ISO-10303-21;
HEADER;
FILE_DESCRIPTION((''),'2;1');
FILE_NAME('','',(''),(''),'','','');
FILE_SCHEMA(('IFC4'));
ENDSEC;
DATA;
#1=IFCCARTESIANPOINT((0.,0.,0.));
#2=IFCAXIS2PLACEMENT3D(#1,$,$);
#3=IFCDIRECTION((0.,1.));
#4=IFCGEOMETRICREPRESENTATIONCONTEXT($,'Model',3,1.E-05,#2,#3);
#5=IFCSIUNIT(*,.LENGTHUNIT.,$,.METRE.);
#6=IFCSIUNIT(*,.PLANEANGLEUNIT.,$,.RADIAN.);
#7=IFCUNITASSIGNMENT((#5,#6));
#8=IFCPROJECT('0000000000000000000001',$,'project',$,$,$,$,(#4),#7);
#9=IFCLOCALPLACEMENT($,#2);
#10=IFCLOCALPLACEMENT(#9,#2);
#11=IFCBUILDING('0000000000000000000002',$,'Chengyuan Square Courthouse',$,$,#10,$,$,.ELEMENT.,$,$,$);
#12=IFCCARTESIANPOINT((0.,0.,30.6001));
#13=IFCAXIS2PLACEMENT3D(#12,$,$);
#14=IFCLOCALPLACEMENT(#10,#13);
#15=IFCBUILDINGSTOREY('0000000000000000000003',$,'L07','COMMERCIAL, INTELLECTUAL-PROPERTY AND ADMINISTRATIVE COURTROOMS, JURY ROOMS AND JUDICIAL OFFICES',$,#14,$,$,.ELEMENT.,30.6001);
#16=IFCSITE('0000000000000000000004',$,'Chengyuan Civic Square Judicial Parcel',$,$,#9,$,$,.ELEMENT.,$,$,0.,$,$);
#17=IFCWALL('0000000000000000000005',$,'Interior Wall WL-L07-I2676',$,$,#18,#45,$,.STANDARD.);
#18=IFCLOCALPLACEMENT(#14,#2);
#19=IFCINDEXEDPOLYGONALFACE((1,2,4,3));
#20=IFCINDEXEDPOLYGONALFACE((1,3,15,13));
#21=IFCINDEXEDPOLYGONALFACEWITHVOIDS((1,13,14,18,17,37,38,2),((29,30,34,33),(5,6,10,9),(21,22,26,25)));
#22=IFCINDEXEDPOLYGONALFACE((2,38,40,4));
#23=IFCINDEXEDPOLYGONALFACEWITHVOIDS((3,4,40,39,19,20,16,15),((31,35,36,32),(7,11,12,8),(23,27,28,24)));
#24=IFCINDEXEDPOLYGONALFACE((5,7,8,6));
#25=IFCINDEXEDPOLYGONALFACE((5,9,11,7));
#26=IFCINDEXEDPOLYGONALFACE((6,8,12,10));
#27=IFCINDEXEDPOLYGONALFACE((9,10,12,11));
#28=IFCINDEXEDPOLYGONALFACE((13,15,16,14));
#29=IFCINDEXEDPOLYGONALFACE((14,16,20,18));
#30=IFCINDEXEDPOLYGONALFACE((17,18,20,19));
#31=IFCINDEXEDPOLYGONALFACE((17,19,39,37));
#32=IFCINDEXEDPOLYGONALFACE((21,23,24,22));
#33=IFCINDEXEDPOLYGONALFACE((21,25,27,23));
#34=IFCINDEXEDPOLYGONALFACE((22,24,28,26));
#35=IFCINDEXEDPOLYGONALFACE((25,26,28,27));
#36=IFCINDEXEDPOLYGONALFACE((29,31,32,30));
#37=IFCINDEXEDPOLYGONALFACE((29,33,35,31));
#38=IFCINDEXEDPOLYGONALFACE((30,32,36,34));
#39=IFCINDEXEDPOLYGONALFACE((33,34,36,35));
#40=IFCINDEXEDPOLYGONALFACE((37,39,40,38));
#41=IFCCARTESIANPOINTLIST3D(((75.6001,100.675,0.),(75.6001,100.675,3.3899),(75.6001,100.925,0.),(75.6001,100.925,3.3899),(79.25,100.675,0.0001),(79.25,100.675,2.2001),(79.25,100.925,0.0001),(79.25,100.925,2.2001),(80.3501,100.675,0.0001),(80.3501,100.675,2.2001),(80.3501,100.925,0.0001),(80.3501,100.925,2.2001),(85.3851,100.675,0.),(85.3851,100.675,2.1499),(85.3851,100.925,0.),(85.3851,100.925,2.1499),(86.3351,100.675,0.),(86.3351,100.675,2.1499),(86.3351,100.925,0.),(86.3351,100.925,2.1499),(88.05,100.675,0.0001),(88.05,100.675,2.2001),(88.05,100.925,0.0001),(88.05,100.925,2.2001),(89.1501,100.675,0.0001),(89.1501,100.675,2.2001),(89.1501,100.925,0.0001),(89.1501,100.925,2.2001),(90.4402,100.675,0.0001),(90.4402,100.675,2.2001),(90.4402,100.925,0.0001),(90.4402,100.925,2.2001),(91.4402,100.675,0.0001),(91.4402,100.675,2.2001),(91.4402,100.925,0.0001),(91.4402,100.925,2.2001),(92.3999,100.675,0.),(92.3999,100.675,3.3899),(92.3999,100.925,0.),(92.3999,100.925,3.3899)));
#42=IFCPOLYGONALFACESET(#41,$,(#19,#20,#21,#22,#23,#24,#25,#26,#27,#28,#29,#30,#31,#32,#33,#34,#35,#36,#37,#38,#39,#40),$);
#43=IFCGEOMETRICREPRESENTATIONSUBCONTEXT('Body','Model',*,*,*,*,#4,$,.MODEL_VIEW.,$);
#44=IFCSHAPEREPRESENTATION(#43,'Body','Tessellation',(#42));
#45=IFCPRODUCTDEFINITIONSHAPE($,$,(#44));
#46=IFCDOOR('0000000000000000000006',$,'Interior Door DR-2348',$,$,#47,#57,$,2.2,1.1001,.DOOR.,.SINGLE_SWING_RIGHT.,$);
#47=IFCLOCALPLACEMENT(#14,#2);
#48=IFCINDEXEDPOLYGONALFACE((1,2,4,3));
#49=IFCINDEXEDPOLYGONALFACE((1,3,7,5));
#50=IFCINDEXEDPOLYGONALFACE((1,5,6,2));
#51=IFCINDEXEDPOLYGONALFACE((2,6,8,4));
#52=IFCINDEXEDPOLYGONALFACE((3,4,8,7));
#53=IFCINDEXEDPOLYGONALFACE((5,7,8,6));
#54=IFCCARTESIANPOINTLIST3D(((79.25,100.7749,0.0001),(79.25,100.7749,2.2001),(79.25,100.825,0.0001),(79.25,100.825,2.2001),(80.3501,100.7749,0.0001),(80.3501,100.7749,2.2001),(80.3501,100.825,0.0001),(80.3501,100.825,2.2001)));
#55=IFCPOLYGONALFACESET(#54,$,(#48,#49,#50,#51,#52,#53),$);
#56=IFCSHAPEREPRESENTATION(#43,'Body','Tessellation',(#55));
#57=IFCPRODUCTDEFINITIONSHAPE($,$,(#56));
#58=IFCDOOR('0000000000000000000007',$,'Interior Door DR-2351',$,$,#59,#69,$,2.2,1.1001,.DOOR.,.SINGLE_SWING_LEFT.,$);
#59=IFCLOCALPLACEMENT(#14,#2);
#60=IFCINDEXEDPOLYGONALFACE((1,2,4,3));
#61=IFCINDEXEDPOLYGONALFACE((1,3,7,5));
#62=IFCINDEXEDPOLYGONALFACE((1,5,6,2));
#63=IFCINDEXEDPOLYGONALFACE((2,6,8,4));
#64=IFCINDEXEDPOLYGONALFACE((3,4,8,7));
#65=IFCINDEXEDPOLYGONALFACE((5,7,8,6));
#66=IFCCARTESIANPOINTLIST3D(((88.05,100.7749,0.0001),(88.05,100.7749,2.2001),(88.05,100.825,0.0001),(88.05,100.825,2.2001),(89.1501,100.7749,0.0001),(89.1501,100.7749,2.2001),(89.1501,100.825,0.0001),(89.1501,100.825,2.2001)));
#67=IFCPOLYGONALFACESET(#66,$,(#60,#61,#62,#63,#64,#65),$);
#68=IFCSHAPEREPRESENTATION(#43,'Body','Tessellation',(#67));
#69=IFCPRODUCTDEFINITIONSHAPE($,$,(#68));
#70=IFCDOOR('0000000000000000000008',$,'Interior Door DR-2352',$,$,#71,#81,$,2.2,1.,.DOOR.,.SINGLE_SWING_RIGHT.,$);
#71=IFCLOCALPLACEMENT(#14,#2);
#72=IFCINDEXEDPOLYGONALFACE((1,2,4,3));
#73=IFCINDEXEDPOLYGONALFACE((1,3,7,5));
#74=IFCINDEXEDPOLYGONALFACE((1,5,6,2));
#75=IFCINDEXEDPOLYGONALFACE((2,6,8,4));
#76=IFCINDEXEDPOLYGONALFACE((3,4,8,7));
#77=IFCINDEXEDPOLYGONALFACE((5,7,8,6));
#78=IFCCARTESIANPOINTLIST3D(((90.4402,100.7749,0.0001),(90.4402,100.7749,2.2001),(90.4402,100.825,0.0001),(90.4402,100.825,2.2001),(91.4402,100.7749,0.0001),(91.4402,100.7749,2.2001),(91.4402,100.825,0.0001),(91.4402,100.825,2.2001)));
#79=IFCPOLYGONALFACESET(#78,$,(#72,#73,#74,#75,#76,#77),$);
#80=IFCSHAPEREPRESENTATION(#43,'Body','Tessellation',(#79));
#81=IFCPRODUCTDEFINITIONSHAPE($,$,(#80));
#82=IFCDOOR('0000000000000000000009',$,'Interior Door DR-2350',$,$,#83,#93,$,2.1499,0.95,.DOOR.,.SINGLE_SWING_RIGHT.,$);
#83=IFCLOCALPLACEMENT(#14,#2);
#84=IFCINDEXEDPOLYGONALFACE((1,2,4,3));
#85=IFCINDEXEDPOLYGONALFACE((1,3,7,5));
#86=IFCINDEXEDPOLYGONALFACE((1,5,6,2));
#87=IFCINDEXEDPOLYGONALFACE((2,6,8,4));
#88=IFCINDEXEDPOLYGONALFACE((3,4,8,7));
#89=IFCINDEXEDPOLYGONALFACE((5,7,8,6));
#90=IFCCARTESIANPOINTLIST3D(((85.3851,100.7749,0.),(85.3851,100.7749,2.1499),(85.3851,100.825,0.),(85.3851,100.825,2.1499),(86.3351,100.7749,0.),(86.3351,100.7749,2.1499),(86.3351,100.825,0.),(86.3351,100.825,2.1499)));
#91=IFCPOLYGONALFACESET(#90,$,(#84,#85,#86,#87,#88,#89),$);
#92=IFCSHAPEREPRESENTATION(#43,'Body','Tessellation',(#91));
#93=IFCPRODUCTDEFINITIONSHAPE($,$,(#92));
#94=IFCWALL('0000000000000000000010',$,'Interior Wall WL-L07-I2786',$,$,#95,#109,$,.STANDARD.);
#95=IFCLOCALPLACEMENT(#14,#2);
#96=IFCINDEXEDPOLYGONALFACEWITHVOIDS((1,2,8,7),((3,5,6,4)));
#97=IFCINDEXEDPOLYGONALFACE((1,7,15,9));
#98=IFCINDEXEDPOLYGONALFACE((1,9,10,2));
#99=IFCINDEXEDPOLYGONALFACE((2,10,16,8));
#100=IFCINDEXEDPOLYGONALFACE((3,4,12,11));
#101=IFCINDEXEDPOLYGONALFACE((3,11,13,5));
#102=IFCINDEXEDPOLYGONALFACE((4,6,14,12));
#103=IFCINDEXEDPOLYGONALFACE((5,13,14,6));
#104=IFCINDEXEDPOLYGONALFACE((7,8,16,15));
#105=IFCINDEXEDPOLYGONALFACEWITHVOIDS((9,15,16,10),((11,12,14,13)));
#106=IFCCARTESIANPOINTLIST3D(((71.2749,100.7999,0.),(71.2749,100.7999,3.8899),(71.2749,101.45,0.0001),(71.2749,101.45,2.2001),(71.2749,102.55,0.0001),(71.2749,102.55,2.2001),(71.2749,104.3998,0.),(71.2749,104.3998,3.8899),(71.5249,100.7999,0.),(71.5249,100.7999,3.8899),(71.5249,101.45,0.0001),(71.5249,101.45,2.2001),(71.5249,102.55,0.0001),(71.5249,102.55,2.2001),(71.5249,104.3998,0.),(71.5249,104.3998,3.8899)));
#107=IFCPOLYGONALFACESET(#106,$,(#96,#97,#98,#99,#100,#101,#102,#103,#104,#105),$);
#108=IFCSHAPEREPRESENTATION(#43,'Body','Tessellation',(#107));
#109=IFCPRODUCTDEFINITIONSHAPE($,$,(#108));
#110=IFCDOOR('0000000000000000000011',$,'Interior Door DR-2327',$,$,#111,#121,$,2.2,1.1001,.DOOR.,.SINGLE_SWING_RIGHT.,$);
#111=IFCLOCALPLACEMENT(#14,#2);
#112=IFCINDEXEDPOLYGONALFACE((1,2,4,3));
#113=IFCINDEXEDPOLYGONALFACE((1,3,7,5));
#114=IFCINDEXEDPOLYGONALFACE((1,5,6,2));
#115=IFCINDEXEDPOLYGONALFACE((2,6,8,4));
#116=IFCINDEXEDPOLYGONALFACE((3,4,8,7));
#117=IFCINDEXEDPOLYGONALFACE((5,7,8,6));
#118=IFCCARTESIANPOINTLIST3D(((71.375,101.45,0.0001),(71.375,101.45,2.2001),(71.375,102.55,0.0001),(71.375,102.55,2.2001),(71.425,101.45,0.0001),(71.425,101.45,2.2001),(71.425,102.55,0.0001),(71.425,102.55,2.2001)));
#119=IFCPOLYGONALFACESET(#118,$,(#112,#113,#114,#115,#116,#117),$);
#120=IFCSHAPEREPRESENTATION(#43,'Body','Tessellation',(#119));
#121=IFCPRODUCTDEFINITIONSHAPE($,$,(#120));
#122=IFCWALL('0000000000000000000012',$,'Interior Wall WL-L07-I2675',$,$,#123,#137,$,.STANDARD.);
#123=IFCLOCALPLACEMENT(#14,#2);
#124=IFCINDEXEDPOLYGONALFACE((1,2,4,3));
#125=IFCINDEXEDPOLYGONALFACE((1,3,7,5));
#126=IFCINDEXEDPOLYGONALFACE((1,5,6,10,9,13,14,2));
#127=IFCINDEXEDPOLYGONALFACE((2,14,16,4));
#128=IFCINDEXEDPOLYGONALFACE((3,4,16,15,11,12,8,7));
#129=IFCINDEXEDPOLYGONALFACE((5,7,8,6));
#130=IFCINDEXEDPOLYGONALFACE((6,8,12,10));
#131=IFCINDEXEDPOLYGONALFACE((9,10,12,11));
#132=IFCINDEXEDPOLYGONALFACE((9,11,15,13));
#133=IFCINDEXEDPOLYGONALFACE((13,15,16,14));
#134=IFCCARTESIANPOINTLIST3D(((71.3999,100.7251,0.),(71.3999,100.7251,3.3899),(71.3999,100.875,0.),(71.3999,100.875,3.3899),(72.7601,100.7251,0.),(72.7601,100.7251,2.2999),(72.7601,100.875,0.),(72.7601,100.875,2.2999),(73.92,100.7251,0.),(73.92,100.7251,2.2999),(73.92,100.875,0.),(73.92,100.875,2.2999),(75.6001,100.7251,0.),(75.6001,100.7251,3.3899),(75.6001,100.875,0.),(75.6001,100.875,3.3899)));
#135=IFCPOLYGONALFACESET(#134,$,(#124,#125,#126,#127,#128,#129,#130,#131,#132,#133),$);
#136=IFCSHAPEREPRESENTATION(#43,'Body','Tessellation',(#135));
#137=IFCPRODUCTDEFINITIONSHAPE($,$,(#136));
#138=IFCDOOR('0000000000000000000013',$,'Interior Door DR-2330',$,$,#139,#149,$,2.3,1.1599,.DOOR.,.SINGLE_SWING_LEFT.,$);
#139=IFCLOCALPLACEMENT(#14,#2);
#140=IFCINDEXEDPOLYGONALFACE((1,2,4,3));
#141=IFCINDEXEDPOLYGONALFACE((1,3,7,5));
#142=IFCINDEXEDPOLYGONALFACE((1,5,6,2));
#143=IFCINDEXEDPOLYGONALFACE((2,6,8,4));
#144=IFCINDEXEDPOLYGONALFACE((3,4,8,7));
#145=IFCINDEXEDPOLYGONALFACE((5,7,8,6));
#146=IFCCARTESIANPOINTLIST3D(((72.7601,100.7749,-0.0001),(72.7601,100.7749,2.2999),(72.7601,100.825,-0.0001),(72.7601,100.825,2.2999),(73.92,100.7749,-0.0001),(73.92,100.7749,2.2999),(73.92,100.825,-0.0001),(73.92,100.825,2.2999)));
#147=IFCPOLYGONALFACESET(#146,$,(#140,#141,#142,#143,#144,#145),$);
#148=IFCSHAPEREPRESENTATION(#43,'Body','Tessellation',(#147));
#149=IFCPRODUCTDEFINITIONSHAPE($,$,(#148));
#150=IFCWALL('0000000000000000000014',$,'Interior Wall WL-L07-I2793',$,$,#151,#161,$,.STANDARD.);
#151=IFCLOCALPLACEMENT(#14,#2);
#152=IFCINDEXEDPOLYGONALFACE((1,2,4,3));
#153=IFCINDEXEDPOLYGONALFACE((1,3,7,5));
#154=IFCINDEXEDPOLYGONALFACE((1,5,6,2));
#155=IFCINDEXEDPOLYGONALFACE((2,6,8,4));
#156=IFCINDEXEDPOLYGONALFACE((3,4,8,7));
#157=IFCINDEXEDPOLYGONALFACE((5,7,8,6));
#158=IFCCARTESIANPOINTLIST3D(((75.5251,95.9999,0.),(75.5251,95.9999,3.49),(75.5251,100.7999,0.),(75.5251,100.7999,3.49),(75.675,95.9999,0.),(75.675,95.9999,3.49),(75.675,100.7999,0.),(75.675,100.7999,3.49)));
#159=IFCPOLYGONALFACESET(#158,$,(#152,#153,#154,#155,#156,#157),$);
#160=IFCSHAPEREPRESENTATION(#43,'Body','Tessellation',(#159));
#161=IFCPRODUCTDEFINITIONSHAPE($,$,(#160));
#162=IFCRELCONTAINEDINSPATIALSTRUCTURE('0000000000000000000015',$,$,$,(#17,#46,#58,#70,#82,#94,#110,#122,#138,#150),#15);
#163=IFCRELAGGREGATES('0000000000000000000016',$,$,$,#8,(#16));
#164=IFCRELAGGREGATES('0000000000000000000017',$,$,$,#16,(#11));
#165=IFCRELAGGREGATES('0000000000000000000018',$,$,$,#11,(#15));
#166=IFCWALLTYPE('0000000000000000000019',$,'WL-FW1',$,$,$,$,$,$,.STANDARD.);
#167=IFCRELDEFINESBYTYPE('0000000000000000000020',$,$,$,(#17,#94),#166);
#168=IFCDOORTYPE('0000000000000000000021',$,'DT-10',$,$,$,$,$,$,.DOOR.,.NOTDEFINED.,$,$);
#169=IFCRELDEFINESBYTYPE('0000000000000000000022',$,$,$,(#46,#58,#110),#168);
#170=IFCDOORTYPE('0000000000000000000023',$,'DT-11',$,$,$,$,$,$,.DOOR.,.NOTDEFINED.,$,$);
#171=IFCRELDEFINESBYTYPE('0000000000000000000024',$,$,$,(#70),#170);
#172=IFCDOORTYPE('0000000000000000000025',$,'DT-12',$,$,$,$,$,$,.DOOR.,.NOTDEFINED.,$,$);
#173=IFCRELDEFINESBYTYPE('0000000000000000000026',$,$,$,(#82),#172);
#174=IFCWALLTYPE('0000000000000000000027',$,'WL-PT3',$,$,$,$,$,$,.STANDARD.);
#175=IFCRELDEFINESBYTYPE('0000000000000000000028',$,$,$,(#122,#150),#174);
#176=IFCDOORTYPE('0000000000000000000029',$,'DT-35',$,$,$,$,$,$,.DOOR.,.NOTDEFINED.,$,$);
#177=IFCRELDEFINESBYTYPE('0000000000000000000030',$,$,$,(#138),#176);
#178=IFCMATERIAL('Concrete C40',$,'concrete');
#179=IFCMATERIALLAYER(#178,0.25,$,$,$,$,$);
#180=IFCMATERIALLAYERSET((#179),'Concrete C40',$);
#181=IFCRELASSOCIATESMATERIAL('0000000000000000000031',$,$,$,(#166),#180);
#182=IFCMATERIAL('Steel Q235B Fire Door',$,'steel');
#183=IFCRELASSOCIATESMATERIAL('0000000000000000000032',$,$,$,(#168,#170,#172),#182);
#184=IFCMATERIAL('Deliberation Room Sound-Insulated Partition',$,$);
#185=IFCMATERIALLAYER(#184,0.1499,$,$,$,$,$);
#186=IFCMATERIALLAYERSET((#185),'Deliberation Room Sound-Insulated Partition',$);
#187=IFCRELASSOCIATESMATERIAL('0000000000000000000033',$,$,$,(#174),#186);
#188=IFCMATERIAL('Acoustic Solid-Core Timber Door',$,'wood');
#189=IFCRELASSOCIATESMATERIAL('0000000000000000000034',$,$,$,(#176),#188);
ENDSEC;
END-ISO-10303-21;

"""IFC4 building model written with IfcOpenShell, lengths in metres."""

from ifc_helpers import new_model, si_unit, direction, frame, frame_2d, origin, place, context, subcontext, project, spatial, rectangle, extrude, material, layer, layer_set, type_object, element, fill, save


model = new_model("IFC4")

# Units and contexts
model_context = context("Model", 3, precision=1e-05, world=origin(), true_north=direction((0.0, 1.0)))
body_context = subcontext(model_context, "Body", "Model", "MODEL_VIEW")
ifc_project = project(units=[si_unit("LENGTHUNIT", "METRE"), si_unit("PLANEANGLEUNIT", "RADIAN")], contexts=[model_context])

# Site, building, storey
site_placement = place(None, origin())
site = spatial("IfcSite", under=ifc_project, at=site_placement, Name="Chengyuan Civic Square Judicial Parcel", CompositionType="ELEMENT", RefElevation=0.0)
building_placement = place(site_placement, origin())
building = spatial("IfcBuilding", under=site, at=building_placement, Name="Chengyuan Square Courthouse", CompositionType="ELEMENT")
storey_placement = place(building_placement, frame((0.0, 0.0, 30.6001)))
storey = spatial("IfcBuildingStorey", under=building, at=storey_placement, Name="L07", Description="COMMERCIAL, INTELLECTUAL-PROPERTY AND ADMINISTRATIVE COURTROOMS, JURY ROOMS AND JUDICIAL OFFICES", CompositionType="ELEMENT", Elevation=30.6001)

# Shared definitions
ifc_material_1 = material(Name="Concrete C40", Category="concrete")

# Wall, openings, doors
ifc_layer_1 = layer(ifc_material_1, 0.25)
ifc_layer_set_1 = layer_set([ifc_layer_1], Name="Concrete C40")
wall_type_1 = type_object("IfcWallType", Name="WL-FW1", PredefinedType="STANDARD", material=ifc_layer_set_1)
wall_1_placement = place(storey_placement, frame((75.6001, 100.8, 0.0), z_axis=(0.0, 0.0, 1.0), x_axis=(1.0, 0.0, 0.0)))
wall_1 = element("IfcWall", 1, at=wall_1_placement, inside=storey, type_object=wall_type_1, Name="Interior Wall WL-L07-I2676", PredefinedType="STANDARD", context=body_context, shape_type="SweptSolid", body=[
    extrude(rectangle(XDim=16.7998, YDim=0.25, at=frame_2d((8.3999, 0.0))), origin(), (0.0, 0.0, 1.0), 3.3899),
])
opening_1_placement = place(wall_1_placement, frame((3.6499, 0.0, 0.0)))
opening_1 = element("IfcOpeningElement", 2, at=opening_1_placement, cuts=wall_1, PredefinedType="OPENING", context=body_context, shape_type="SweptSolid", body=[
    extrude(rectangle(XDim=1.1001, YDim=2.2, at=frame_2d((0.55, 1.1001))), frame((0.0, 0.137, 0.0), z_axis=(0.0, -1.0, 0.0), x_axis=(1.0, 0.0, 0.0)), (0.0, 0.0, 1.0), 0.2739),
])
opening_2_placement = place(wall_1_placement, frame((9.7849, 0.0, 0.0)))
opening_2 = element("IfcOpeningElement", 3, at=opening_2_placement, cuts=wall_1, PredefinedType="OPENING", context=body_context, shape_type="SweptSolid", body=[
    extrude(rectangle(XDim=0.95, YDim=2.1499, at=frame_2d((0.4751, 1.075))), frame((0.0, 0.137, 0.0), z_axis=(0.0, -1.0, 0.0), x_axis=(1.0, 0.0, 0.0)), (0.0, 0.0, 1.0), 0.2739),
])
opening_3_placement = place(wall_1_placement, frame((12.45, 0.0, 0.0)))
opening_3 = element("IfcOpeningElement", 4, at=opening_3_placement, cuts=wall_1, PredefinedType="OPENING", context=body_context, shape_type="SweptSolid", body=[
    extrude(rectangle(XDim=1.1001, YDim=2.2, at=frame_2d((0.55, 1.1001))), frame((0.0, 0.137, 0.0), z_axis=(0.0, -1.0, 0.0), x_axis=(1.0, 0.0, 0.0)), (0.0, 0.0, 1.0), 0.2739),
])
opening_4_placement = place(wall_1_placement, frame((14.8401, 0.0, 0.0)))
opening_4 = element("IfcOpeningElement", 5, at=opening_4_placement, cuts=wall_1, PredefinedType="OPENING", context=body_context, shape_type="SweptSolid", body=[
    extrude(rectangle(XDim=1.0, YDim=2.2, at=frame_2d((0.5, 1.1001))), frame((0.0, 0.137, 0.0), z_axis=(0.0, -1.0, 0.0), x_axis=(1.0, 0.0, 0.0)), (0.0, 0.0, 1.0), 0.2739),
])
ifc_material_2 = material(Name="Steel Q235B Fire Door", Category="steel")
door_type_1 = type_object("IfcDoorType", Name="DT-10", OperationType="NOTDEFINED", PredefinedType="DOOR", material=ifc_material_2)
door_1_placement = place(opening_1_placement, origin())
door_1 = element("IfcDoor", 6, at=door_1_placement, inside=storey, type_object=door_type_1, Name="Interior Door DR-2348", OperationType="SINGLE_SWING_RIGHT", OverallHeight=2.2, OverallWidth=1.1001, PredefinedType="DOOR", context=body_context, shape_type="SweptSolid", body=[
    extrude(rectangle(XDim=1.1001, YDim=2.2, at=frame_2d((0.55, 1.1001))), frame((0.0, 0.0249, 0.0), z_axis=(0.0, -1.0, 0.0), x_axis=(1.0, 0.0, 0.0)), (0.0, 0.0, 1.0), 0.05),
])
fill(opening_1, door_1)
door_2_placement = place(opening_3_placement, origin())
door_2 = element("IfcDoor", 7, at=door_2_placement, inside=storey, type_object=door_type_1, Name="Interior Door DR-2351", OperationType="SINGLE_SWING_LEFT", OverallHeight=2.2, OverallWidth=1.1001, PredefinedType="DOOR", context=body_context, shape_type="SweptSolid", body=[
    extrude(rectangle(XDim=1.1001, YDim=2.2, at=frame_2d((0.55, 1.1001))), frame((0.0, 0.0249, 0.0), z_axis=(0.0, -1.0, 0.0), x_axis=(1.0, 0.0, 0.0)), (0.0, 0.0, 1.0), 0.05),
])
fill(opening_3, door_2)
door_type_2 = type_object("IfcDoorType", Name="DT-11", OperationType="NOTDEFINED", PredefinedType="DOOR", material=ifc_material_2)
door_3_placement = place(opening_4_placement, origin())
door_3 = element("IfcDoor", 8, at=door_3_placement, inside=storey, type_object=door_type_2, Name="Interior Door DR-2352", OperationType="SINGLE_SWING_RIGHT", OverallHeight=2.2, OverallWidth=1.0, PredefinedType="DOOR", context=body_context, shape_type="SweptSolid", body=[
    extrude(rectangle(XDim=1.0, YDim=2.2, at=frame_2d((0.5, 1.1001))), frame((0.0, 0.0249, 0.0), z_axis=(0.0, -1.0, 0.0), x_axis=(1.0, 0.0, 0.0)), (0.0, 0.0, 1.0), 0.05),
])
fill(opening_4, door_3)
door_type_3 = type_object("IfcDoorType", Name="DT-12", OperationType="NOTDEFINED", PredefinedType="DOOR", material=ifc_material_2)
door_4_placement = place(opening_2_placement, origin())
door_4 = element("IfcDoor", 9, at=door_4_placement, inside=storey, type_object=door_type_3, Name="Interior Door DR-2350", OperationType="SINGLE_SWING_RIGHT", OverallHeight=2.1499, OverallWidth=0.95, PredefinedType="DOOR", context=body_context, shape_type="SweptSolid", body=[
    extrude(rectangle(XDim=0.95, YDim=2.1499, at=frame_2d((0.4751, 1.075))), frame((0.0, 0.0249, 0.0), z_axis=(0.0, -1.0, 0.0), x_axis=(1.0, 0.0, 0.0)), (0.0, 0.0, 1.0), 0.05),
])
fill(opening_2, door_4)

# Walls, openings, doors
wall_2_placement = place(storey_placement, frame((71.3999, 100.8, 0.0), z_axis=(0.0, 0.0, 1.0), x_axis=(0.0, 1.0, 0.0)))
wall_2 = element("IfcWall", 10, at=wall_2_placement, inside=storey, type_object=wall_type_1, Name="Interior Wall WL-L07-I2786", PredefinedType="STANDARD", context=body_context, shape_type="SweptSolid", body=[
    extrude(rectangle(XDim=3.5999, YDim=0.25, at=frame_2d((1.7998, 0.0))), origin(), (0.0, 0.0, 1.0), 3.8899),
])
opening_5_placement = place(wall_2_placement, frame((0.6499, 0.0, 0.0)))
opening_5 = element("IfcOpeningElement", 11, at=opening_5_placement, cuts=wall_2, PredefinedType="OPENING", context=body_context, shape_type="SweptSolid", body=[
    extrude(rectangle(XDim=1.1001, YDim=2.2, at=frame_2d((0.55, 1.1001))), frame((0.0, 0.137, 0.0), z_axis=(0.0, -1.0, 0.0), x_axis=(1.0, 0.0, 0.0)), (0.0, 0.0, 1.0), 0.2739),
])
door_5_placement = place(opening_5_placement, origin())
door_5 = element("IfcDoor", 12, at=door_5_placement, inside=storey, type_object=door_type_1, Name="Interior Door DR-2327", OperationType="SINGLE_SWING_RIGHT", OverallHeight=2.2, OverallWidth=1.1001, PredefinedType="DOOR", context=body_context, shape_type="SweptSolid", body=[
    extrude(rectangle(XDim=1.1001, YDim=2.2, at=frame_2d((0.55, 1.1001))), frame((0.0, 0.0249, 0.0), z_axis=(0.0, -1.0, 0.0), x_axis=(1.0, 0.0, 0.0)), (0.0, 0.0, 1.0), 0.05),
])
fill(opening_5, door_5)
ifc_material_3 = material(Name="Deliberation Room Sound-Insulated Partition")
ifc_layer_2 = layer(ifc_material_3, 0.1499)
ifc_layer_set_2 = layer_set([ifc_layer_2], Name="Deliberation Room Sound-Insulated Partition")
wall_type_2 = type_object("IfcWallType", Name="WL-PT3", PredefinedType="STANDARD", material=ifc_layer_set_2)
wall_3_placement = place(storey_placement, frame((71.3999, 100.8, 0.0), z_axis=(0.0, 0.0, 1.0), x_axis=(1.0, 0.0, 0.0)))
wall_3 = element("IfcWall", 13, at=wall_3_placement, inside=storey, type_object=wall_type_2, Name="Interior Wall WL-L07-I2675", PredefinedType="STANDARD", context=body_context, shape_type="SweptSolid", body=[
    extrude(rectangle(XDim=4.2002, YDim=0.1499, at=frame_2d((2.1001, 0.0))), origin(), (0.0, 0.0, 1.0), 3.3899),
])
opening_6_placement = place(wall_3_placement, frame((1.3601, 0.0, 0.0)))
opening_6 = element("IfcOpeningElement", 14, at=opening_6_placement, cuts=wall_3, PredefinedType="OPENING", context=body_context, shape_type="SweptSolid", body=[
    extrude(rectangle(XDim=1.1599, YDim=2.3, at=frame_2d((0.5801, 1.1499))), frame((0.0, 0.0869, 0.0), z_axis=(0.0, -1.0, 0.0), x_axis=(1.0, 0.0, 0.0)), (0.0, 0.0, 1.0), 0.1738),
])
ifc_material_4 = material(Name="Acoustic Solid-Core Timber Door", Category="wood")
door_type_4 = type_object("IfcDoorType", Name="DT-35", OperationType="NOTDEFINED", PredefinedType="DOOR", material=ifc_material_4)
door_6_placement = place(opening_6_placement, origin())
door_6 = element("IfcDoor", 15, at=door_6_placement, inside=storey, type_object=door_type_4, Name="Interior Door DR-2330", OperationType="SINGLE_SWING_LEFT", OverallHeight=2.3, OverallWidth=1.1599, PredefinedType="DOOR", context=body_context, shape_type="SweptSolid", body=[
    extrude(rectangle(XDim=1.1599, YDim=2.3, at=frame_2d((0.5801, 1.1499))), frame((0.0, 0.0249, 0.0), z_axis=(0.0, -1.0, 0.0), x_axis=(1.0, 0.0, 0.0)), (0.0, 0.0, 1.0), 0.05),
])
fill(opening_6, door_6)

# Wall
wall_4_placement = place(storey_placement, frame((75.6001, 96.0, 0.0), z_axis=(0.0, 0.0, 1.0), x_axis=(0.0, 1.0, 0.0)))
element("IfcWall", 16, at=wall_4_placement, inside=storey, type_object=wall_type_2, Name="Interior Wall WL-L07-I2793", PredefinedType="STANDARD", context=body_context, shape_type="SweptSolid", body=[
    extrude(rectangle(XDim=4.8, YDim=0.1499, at=frame_2d((2.3999, 0.0))), origin(), (0.0, 0.0, 1.0), 3.49),
])

save(model, "model.ifc")
